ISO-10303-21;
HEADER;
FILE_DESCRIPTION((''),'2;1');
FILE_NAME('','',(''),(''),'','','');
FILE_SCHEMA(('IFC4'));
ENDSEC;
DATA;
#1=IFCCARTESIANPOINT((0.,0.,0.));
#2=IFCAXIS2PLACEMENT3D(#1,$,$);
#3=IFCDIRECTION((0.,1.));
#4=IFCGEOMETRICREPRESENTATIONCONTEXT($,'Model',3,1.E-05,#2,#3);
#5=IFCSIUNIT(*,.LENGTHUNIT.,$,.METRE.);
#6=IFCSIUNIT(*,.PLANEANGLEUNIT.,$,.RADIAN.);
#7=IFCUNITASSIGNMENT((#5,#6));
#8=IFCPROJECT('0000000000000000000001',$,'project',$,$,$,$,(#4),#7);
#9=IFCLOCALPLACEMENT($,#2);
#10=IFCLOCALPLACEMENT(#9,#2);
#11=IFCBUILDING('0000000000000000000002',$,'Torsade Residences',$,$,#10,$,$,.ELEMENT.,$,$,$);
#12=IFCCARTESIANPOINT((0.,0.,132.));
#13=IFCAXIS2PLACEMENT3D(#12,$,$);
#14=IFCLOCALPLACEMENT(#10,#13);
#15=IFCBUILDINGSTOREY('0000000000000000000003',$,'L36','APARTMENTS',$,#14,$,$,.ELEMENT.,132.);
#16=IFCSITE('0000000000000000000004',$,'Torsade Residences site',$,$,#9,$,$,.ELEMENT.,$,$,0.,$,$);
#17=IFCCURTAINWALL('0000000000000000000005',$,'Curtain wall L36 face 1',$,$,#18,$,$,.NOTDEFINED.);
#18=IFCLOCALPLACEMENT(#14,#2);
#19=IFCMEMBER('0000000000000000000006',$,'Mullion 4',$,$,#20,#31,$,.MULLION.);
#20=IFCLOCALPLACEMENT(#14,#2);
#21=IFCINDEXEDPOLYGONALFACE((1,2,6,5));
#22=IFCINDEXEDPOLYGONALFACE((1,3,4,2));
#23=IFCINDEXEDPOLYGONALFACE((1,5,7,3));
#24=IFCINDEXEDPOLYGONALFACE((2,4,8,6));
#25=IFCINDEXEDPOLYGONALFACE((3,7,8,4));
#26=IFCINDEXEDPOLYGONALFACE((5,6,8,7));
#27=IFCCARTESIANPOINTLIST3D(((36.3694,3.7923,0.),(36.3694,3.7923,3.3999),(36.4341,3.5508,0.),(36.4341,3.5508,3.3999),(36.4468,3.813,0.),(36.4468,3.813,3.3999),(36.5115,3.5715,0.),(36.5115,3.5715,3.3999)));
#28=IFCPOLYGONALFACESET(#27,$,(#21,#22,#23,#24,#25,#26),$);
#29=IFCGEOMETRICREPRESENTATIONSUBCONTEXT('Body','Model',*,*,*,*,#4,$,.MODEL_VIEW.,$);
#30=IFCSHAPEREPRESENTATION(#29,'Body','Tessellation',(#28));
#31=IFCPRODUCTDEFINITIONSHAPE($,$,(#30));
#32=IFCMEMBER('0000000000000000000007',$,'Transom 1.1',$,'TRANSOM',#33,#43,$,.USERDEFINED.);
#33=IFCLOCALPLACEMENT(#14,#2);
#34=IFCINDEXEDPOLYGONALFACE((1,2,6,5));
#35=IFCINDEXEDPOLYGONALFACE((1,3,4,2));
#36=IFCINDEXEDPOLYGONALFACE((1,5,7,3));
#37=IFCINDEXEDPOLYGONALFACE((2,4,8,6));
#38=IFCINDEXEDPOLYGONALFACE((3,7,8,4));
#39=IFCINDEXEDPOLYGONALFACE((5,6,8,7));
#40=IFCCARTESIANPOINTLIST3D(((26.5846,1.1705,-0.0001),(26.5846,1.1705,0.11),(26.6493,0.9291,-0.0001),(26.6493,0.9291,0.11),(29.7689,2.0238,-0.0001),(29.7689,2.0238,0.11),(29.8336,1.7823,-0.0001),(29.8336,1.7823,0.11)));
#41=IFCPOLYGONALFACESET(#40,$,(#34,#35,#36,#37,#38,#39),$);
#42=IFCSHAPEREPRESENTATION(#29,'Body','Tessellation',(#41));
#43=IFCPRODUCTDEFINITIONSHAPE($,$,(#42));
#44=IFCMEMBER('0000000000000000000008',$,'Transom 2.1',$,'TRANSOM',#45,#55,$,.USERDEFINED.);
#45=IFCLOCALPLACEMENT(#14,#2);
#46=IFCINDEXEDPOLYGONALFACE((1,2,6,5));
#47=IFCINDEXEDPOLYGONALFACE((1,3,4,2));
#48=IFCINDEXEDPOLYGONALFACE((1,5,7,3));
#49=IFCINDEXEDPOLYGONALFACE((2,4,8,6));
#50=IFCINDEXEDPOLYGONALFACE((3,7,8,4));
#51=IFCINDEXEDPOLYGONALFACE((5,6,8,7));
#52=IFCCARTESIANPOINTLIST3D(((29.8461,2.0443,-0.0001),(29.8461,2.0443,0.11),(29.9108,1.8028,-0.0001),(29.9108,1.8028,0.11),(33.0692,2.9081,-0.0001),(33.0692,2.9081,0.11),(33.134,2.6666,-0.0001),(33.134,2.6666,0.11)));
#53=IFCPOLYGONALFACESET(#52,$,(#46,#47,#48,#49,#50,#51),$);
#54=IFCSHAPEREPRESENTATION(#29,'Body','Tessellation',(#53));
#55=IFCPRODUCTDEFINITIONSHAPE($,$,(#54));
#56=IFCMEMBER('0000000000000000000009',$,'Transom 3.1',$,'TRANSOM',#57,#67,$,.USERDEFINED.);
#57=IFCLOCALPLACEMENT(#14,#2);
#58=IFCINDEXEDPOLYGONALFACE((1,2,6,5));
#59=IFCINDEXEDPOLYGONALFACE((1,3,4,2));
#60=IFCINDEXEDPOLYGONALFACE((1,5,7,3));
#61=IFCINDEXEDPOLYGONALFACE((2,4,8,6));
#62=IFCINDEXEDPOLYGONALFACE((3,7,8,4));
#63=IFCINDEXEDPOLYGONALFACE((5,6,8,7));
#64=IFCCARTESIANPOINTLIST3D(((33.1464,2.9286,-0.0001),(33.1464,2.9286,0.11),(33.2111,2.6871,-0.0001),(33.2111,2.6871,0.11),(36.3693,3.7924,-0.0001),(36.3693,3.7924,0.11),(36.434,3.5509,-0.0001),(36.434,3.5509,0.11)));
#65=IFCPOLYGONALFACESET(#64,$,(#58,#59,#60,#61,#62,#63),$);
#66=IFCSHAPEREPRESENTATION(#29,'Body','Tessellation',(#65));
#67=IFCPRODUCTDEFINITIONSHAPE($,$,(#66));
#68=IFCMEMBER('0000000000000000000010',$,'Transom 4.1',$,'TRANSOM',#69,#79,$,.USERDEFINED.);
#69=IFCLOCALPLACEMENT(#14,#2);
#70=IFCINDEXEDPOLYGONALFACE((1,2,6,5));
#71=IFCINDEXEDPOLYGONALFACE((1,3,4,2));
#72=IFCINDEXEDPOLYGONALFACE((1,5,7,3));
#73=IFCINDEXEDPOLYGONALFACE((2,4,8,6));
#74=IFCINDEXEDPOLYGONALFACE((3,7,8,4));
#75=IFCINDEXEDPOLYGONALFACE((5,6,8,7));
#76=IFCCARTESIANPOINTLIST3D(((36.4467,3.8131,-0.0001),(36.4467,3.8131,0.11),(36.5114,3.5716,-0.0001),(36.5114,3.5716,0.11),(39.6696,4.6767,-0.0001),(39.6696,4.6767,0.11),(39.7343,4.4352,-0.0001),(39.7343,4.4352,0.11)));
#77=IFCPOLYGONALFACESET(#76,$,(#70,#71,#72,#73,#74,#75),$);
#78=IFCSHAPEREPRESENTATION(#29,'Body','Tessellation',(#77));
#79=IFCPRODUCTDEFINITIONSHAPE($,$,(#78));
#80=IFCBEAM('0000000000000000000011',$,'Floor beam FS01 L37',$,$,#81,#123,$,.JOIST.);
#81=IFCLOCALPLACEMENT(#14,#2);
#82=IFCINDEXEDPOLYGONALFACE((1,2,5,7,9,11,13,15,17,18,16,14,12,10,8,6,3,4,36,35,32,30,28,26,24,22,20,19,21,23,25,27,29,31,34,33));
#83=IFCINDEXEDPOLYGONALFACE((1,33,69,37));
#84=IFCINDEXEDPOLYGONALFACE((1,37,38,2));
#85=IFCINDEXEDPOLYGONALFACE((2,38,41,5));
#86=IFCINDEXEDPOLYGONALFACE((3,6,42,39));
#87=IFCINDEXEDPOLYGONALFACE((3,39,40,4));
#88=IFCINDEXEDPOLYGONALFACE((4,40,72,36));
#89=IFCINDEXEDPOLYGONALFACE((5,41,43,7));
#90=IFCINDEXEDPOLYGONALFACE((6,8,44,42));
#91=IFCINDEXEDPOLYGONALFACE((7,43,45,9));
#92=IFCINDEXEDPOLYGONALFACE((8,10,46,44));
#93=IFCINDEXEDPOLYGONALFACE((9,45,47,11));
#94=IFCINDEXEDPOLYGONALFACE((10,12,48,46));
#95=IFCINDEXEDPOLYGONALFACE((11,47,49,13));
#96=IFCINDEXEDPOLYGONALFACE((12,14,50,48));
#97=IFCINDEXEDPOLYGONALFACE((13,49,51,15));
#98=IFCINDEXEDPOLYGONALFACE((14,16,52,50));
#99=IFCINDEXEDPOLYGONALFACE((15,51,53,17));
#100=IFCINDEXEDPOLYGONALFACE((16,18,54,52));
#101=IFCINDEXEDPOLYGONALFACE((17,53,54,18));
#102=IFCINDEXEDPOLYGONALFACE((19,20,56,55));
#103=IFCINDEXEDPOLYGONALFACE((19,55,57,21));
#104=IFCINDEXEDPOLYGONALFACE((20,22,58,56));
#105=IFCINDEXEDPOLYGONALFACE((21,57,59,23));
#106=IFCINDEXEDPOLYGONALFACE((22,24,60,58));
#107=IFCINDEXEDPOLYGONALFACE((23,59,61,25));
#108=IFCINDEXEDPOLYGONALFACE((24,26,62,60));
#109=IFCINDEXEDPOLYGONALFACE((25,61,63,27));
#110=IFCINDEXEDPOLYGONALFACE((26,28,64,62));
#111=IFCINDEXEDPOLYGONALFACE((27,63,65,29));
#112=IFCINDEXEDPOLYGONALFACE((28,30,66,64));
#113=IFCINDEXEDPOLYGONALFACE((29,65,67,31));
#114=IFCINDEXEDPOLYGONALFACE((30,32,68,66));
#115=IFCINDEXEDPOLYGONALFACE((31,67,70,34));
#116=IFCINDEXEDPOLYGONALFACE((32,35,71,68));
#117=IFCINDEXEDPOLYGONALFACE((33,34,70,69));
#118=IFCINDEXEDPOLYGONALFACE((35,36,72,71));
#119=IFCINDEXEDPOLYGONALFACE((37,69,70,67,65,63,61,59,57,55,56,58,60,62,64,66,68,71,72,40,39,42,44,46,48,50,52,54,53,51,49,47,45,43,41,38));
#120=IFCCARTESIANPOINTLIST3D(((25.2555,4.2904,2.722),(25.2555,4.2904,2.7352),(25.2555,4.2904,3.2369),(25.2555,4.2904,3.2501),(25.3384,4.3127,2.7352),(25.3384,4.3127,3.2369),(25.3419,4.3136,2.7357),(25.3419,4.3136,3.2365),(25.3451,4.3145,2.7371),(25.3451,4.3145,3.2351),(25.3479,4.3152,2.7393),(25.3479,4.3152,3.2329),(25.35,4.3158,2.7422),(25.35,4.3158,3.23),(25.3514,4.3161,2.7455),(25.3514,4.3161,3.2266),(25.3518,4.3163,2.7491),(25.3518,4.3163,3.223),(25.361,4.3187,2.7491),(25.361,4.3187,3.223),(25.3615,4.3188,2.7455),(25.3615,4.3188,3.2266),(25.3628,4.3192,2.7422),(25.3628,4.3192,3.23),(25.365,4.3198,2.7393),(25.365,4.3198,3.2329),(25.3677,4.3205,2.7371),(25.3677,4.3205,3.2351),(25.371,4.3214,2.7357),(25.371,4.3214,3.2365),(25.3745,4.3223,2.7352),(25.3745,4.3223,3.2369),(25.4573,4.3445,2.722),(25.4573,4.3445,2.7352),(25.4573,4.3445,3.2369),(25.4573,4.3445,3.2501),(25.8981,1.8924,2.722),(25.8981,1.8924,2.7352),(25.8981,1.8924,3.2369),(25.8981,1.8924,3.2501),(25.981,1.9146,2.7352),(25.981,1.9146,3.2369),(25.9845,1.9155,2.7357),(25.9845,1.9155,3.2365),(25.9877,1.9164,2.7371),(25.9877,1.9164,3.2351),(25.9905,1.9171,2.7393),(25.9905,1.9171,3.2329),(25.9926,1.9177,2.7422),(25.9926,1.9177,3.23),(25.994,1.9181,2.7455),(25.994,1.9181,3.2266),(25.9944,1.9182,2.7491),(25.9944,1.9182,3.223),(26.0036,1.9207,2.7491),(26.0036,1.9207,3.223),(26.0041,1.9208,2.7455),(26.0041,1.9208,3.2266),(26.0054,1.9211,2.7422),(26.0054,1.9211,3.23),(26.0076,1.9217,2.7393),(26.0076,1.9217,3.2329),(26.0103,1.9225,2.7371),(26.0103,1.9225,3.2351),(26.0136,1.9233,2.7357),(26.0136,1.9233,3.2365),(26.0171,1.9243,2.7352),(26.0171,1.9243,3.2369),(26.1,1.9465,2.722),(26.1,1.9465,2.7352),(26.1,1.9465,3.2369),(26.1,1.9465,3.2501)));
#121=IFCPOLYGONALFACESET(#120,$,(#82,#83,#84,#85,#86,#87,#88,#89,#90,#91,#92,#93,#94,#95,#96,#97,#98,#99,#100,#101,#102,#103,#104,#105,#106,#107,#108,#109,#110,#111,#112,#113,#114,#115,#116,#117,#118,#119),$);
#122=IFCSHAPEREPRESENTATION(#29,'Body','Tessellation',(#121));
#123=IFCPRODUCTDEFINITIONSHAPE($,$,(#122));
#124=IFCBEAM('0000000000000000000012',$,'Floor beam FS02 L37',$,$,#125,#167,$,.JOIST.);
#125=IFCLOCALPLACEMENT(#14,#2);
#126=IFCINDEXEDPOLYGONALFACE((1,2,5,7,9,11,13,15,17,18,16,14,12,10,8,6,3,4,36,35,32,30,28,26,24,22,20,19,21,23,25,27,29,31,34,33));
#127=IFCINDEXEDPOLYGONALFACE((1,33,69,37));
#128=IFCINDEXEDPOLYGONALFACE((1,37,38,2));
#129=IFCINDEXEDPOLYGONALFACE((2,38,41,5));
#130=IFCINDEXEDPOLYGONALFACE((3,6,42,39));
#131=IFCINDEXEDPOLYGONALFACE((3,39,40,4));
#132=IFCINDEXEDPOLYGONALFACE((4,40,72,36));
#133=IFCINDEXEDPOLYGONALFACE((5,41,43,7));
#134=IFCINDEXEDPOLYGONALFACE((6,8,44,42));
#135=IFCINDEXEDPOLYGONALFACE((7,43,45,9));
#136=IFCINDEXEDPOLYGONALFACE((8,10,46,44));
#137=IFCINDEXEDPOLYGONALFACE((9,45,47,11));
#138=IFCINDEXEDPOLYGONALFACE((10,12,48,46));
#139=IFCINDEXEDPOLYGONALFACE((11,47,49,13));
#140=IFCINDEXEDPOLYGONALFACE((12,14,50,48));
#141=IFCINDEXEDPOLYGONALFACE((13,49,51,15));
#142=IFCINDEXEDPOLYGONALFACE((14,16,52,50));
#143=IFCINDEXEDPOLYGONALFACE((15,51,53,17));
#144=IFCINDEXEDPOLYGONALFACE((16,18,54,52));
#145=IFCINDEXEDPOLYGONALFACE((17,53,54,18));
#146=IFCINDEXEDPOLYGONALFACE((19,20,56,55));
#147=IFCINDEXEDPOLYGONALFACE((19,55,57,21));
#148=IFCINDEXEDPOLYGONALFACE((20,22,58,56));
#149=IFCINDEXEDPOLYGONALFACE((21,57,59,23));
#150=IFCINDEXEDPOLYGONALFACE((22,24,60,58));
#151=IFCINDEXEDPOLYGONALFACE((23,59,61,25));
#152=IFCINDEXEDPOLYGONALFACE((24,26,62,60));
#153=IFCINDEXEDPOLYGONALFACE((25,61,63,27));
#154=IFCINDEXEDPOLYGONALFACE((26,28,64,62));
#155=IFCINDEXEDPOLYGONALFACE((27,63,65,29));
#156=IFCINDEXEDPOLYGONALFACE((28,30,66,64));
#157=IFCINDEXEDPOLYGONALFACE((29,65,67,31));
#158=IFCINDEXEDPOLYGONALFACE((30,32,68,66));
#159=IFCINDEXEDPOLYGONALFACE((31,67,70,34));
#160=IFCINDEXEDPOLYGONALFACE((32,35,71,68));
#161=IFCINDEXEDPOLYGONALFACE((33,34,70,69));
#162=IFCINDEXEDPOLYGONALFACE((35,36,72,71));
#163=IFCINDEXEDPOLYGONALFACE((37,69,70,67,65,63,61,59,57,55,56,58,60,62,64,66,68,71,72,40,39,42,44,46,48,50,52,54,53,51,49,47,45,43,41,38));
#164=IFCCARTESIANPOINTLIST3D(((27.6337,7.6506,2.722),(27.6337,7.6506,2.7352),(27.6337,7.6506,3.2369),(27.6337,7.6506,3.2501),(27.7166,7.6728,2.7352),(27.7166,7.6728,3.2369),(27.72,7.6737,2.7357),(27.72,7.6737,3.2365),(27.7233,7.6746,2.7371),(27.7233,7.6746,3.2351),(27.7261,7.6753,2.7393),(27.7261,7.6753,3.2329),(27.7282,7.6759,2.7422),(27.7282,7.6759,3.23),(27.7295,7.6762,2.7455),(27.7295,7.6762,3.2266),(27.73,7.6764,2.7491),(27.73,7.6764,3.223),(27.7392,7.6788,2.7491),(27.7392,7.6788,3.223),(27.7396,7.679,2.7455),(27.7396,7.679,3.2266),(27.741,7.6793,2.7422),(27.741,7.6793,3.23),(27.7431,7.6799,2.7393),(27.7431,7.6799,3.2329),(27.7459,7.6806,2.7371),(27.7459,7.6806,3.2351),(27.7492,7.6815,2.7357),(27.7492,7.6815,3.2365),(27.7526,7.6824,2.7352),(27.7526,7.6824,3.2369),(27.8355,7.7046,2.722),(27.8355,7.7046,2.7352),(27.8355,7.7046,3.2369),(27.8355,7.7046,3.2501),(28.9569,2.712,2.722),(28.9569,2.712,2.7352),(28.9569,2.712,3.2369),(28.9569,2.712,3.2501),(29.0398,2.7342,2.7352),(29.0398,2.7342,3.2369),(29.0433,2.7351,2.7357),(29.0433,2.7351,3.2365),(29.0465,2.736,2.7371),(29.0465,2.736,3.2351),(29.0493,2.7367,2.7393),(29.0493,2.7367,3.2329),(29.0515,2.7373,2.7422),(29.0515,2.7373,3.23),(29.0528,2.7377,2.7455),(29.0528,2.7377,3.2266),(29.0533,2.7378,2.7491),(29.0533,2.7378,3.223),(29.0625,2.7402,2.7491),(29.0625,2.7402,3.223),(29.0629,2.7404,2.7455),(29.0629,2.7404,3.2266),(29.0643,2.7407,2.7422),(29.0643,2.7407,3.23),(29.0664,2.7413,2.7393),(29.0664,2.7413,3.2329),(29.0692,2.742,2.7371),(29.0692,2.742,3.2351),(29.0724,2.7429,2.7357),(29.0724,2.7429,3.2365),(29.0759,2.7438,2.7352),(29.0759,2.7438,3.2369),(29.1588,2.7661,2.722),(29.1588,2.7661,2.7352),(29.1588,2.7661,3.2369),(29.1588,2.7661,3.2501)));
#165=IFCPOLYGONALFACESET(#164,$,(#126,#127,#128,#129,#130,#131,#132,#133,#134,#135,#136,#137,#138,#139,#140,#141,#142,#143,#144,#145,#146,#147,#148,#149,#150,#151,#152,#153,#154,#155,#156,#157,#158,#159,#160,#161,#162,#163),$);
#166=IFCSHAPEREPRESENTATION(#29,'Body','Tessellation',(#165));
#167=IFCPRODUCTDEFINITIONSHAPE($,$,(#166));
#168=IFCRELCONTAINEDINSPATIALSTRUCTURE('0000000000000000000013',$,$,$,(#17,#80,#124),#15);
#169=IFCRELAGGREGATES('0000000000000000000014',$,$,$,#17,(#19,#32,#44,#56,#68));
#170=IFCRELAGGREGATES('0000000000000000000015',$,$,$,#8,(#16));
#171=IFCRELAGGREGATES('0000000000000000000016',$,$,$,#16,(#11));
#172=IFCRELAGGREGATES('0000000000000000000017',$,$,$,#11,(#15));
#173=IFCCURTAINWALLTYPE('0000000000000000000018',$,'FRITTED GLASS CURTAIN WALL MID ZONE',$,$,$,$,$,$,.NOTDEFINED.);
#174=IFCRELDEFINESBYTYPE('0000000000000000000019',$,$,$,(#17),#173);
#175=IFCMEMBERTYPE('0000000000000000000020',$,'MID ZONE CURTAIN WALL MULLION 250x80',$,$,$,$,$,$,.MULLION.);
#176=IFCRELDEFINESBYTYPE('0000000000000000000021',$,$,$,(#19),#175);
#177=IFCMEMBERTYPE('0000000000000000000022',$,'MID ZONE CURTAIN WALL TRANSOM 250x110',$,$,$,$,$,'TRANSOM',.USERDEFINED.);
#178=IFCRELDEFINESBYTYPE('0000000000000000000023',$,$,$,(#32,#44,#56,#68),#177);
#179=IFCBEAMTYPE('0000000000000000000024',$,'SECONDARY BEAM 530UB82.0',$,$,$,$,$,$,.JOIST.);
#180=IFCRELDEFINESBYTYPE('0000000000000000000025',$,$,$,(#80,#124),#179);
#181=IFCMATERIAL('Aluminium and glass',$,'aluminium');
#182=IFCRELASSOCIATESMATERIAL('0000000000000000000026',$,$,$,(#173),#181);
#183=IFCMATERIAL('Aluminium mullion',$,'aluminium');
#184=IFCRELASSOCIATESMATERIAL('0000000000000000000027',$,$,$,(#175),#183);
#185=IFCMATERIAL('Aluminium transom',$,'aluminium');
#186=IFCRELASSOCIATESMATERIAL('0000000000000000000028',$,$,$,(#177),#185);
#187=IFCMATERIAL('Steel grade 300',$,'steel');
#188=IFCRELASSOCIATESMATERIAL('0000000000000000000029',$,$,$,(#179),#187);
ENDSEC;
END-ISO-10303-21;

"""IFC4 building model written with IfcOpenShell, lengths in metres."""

from ifc_helpers import new_model, si_unit, direction, frame, origin, origin_2d, place, context, subcontext, project, spatial, rectangle, i_section, extrude, material, material_profile, profile_set, type_object, element, aggregate, save


model = new_model("IFC4")

# Units and contexts
model_context = context("Model", 3, precision=1e-05, world=origin(), true_north=direction((0.0, 1.0)))
body_context = subcontext(model_context, "Body", "Model", "MODEL_VIEW")
ifc_project = project(units=[si_unit("LENGTHUNIT", "METRE"), si_unit("PLANEANGLEUNIT", "RADIAN")], contexts=[model_context])

# Site, building, storey
site_placement = place(None, origin())
site = spatial("IfcSite", under=ifc_project, at=site_placement, Name="Torsade Residences site", CompositionType="ELEMENT", RefElevation=0.0)
building_placement = place(site_placement, origin())
building = spatial("IfcBuilding", under=site, at=building_placement, Name="Torsade Residences", CompositionType="ELEMENT")
storey_placement = place(building_placement, frame((0.0, 0.0, 132.0)))
storey = spatial("IfcBuildingStorey", under=building, at=storey_placement, Name="L36", Description="APARTMENTS", CompositionType="ELEMENT", Elevation=132.0)

# Curtain wall, members
ifc_material_1 = material(Name="Aluminium and glass", Category="aluminium")
curtain_wall_type = type_object("IfcCurtainWallType", Name="FRITTED GLASS CURTAIN WALL MID ZONE", PredefinedType="NOTDEFINED", material=ifc_material_1)
curtain_wall_placement = place(storey_placement, origin())
curtain_wall = element("IfcCurtainWall", 1, at=curtain_wall_placement, inside=storey, type_object=curtain_wall_type, Name="Curtain wall L36 face 1", PredefinedType="NOTDEFINED")
ifc_material_2 = material(Name="Aluminium mullion", Category="aluminium")
ifc_material_profile_1 = material_profile(ifc_material_2, rectangle(XDim=0.25, YDim=0.0801, at=origin_2d()), Name="MID ZONE CURTAIN WALL MULLION 250x80")
ifc_profile_set_1 = profile_set([ifc_material_profile_1], Name="Aluminium mullion")
member_type_1 = type_object("IfcMemberType", Name="MID ZONE CURTAIN WALL MULLION 250x80", PredefinedType="MULLION", material=ifc_profile_set_1)
member_1_placement = place(storey_placement, frame((36.4404, 3.6819, 0.0), z_axis=(0.0, 0.0, 1.0), x_axis=(-0.258819, 0.965926, 0.0)))
member_1 = element("IfcMember", 2, at=member_1_placement, type_object=member_type_1, Name="Mullion 4", PredefinedType="MULLION", context=body_context, shape_type="SweptSolid", body=[
    extrude(rectangle(XDim=0.25, YDim=0.0801, at=origin_2d()), origin(), (0.0, 0.0, 1.0), 3.3999),
])
ifc_material_3 = material(Name="Aluminium transom", Category="aluminium")
ifc_material_profile_2 = material_profile(ifc_material_3, rectangle(XDim=0.25, YDim=0.1101, at=origin_2d()), Name="MID ZONE CURTAIN WALL TRANSOM 250x110")
ifc_profile_set_2 = profile_set([ifc_material_profile_2], Name="Aluminium transom")
member_type_2 = type_object("IfcMemberType", Name="MID ZONE CURTAIN WALL TRANSOM 250x110", ElementType="TRANSOM", PredefinedType="USERDEFINED", material=ifc_profile_set_2)
member_2_placement = place(storey_placement, frame((26.6169, 1.0498, 0.0549), z_axis=(0.965923, 0.258829, 0.0), x_axis=(-0.258829, 0.965923, 0.0)))
member_2 = element("IfcMember", 3, at=member_2_placement, type_object=member_type_2, Name="Transom 1.1", ObjectType="TRANSOM", PredefinedType="USERDEFINED", context=body_context, shape_type="SweptSolid", body=[
    extrude(rectangle(XDim=0.25, YDim=0.1101, at=origin_2d()), origin(), (0.0, 0.0, 1.0), 3.2966),
])
member_3_placement = place(storey_placement, frame((29.8784, 1.9236, 0.0549), z_axis=(0.965916, 0.258856, 0.0), x_axis=(-0.258856, 0.965916, 0.0)))
member_3 = element("IfcMember", 4, at=member_3_placement, type_object=member_type_2, Name="Transom 2.1", ObjectType="TRANSOM", PredefinedType="USERDEFINED", context=body_context, shape_type="SweptSolid", body=[
    extrude(rectangle(XDim=0.25, YDim=0.1101, at=origin_2d()), origin(), (0.0, 0.0, 1.0), 3.3369),
])
member_4_placement = place(storey_placement, frame((33.1787, 2.8079, 0.0549), z_axis=(0.965911, 0.258874, 0.0), x_axis=(-0.258874, 0.965911, 0.0)))
member_4 = element("IfcMember", 5, at=member_4_placement, type_object=member_type_2, Name="Transom 3.1", ObjectType="TRANSOM", PredefinedType="USERDEFINED", context=body_context, shape_type="SweptSolid", body=[
    extrude(rectangle(XDim=0.25, YDim=0.1101, at=origin_2d()), origin(), (0.0, 0.0, 1.0), 3.3367),
])
member_5_placement = place(storey_placement, frame((36.479, 3.6924, 0.0549), z_axis=(0.965929, 0.258806, 0.0), x_axis=(-0.258806, 0.965929, 0.0)))
member_5 = element("IfcMember", 6, at=member_5_placement, type_object=member_type_2, Name="Transom 4.1", ObjectType="TRANSOM", PredefinedType="USERDEFINED", context=body_context, shape_type="SweptSolid", body=[
    extrude(rectangle(XDim=0.25, YDim=0.1101, at=origin_2d()), origin(), (0.0, 0.0, 1.0), 3.3367),
])

# Beams
ifc_material_4 = material(Name="Steel grade 300", Category="steel")
ifc_material_profile_3 = material_profile(ifc_material_4, i_section(OverallWidth=0.209, OverallDepth=0.5281, WebThickness=0.0095, FlangeThickness=0.0132, FilletRadius=0.0139, at=origin_2d()), Name="530UB82.0")
ifc_profile_set_3 = profile_set([ifc_material_profile_3], Name="Steel grade 300")
beam_type_1 = type_object("IfcBeamType", Name="SECONDARY BEAM 530UB82.0", PredefinedType="JOIST", material=ifc_profile_set_3)
beam_1_placement = place(storey_placement, frame((25.999, 1.9194, 2.9861), z_axis=(-0.258838, 0.965921, 0.0), x_axis=(-0.965921, -0.258838, 0.0)))
element("IfcBeam", 7, at=beam_1_placement, inside=storey, type_object=beam_type_1, Name="Floor beam FS01 L37", PredefinedType="JOIST", context=body_context, shape_type="SweptSolid", body=[
    extrude(i_section(OverallWidth=0.209, OverallDepth=0.5281, WebThickness=0.0095, FlangeThickness=0.0132, FilletRadius=0.0139, at=origin_2d()), origin(), (0.0, 0.0, 1.0), 2.4827),
])
beam_2_placement = place(storey_placement, frame((29.0579, 2.739, 2.9861), z_axis=(-0.258816, 0.965927, 0.0), x_axis=(-0.965927, -0.258816, 0.0)))
element("IfcBeam", 8, at=beam_2_placement, inside=storey, type_object=beam_type_1, Name="Floor beam FS02 L37", PredefinedType="JOIST", context=body_context, shape_type="SweptSolid", body=[
    extrude(i_section(OverallWidth=0.209, OverallDepth=0.5281, WebThickness=0.0095, FlangeThickness=0.0132, FilletRadius=0.0139, at=origin_2d()), origin(), (0.0, 0.0, 1.0), 5.1128),
])

aggregate(curtain_wall, [member_1, member_2, member_3, member_4, member_5])

save(model, "model.ifc")
